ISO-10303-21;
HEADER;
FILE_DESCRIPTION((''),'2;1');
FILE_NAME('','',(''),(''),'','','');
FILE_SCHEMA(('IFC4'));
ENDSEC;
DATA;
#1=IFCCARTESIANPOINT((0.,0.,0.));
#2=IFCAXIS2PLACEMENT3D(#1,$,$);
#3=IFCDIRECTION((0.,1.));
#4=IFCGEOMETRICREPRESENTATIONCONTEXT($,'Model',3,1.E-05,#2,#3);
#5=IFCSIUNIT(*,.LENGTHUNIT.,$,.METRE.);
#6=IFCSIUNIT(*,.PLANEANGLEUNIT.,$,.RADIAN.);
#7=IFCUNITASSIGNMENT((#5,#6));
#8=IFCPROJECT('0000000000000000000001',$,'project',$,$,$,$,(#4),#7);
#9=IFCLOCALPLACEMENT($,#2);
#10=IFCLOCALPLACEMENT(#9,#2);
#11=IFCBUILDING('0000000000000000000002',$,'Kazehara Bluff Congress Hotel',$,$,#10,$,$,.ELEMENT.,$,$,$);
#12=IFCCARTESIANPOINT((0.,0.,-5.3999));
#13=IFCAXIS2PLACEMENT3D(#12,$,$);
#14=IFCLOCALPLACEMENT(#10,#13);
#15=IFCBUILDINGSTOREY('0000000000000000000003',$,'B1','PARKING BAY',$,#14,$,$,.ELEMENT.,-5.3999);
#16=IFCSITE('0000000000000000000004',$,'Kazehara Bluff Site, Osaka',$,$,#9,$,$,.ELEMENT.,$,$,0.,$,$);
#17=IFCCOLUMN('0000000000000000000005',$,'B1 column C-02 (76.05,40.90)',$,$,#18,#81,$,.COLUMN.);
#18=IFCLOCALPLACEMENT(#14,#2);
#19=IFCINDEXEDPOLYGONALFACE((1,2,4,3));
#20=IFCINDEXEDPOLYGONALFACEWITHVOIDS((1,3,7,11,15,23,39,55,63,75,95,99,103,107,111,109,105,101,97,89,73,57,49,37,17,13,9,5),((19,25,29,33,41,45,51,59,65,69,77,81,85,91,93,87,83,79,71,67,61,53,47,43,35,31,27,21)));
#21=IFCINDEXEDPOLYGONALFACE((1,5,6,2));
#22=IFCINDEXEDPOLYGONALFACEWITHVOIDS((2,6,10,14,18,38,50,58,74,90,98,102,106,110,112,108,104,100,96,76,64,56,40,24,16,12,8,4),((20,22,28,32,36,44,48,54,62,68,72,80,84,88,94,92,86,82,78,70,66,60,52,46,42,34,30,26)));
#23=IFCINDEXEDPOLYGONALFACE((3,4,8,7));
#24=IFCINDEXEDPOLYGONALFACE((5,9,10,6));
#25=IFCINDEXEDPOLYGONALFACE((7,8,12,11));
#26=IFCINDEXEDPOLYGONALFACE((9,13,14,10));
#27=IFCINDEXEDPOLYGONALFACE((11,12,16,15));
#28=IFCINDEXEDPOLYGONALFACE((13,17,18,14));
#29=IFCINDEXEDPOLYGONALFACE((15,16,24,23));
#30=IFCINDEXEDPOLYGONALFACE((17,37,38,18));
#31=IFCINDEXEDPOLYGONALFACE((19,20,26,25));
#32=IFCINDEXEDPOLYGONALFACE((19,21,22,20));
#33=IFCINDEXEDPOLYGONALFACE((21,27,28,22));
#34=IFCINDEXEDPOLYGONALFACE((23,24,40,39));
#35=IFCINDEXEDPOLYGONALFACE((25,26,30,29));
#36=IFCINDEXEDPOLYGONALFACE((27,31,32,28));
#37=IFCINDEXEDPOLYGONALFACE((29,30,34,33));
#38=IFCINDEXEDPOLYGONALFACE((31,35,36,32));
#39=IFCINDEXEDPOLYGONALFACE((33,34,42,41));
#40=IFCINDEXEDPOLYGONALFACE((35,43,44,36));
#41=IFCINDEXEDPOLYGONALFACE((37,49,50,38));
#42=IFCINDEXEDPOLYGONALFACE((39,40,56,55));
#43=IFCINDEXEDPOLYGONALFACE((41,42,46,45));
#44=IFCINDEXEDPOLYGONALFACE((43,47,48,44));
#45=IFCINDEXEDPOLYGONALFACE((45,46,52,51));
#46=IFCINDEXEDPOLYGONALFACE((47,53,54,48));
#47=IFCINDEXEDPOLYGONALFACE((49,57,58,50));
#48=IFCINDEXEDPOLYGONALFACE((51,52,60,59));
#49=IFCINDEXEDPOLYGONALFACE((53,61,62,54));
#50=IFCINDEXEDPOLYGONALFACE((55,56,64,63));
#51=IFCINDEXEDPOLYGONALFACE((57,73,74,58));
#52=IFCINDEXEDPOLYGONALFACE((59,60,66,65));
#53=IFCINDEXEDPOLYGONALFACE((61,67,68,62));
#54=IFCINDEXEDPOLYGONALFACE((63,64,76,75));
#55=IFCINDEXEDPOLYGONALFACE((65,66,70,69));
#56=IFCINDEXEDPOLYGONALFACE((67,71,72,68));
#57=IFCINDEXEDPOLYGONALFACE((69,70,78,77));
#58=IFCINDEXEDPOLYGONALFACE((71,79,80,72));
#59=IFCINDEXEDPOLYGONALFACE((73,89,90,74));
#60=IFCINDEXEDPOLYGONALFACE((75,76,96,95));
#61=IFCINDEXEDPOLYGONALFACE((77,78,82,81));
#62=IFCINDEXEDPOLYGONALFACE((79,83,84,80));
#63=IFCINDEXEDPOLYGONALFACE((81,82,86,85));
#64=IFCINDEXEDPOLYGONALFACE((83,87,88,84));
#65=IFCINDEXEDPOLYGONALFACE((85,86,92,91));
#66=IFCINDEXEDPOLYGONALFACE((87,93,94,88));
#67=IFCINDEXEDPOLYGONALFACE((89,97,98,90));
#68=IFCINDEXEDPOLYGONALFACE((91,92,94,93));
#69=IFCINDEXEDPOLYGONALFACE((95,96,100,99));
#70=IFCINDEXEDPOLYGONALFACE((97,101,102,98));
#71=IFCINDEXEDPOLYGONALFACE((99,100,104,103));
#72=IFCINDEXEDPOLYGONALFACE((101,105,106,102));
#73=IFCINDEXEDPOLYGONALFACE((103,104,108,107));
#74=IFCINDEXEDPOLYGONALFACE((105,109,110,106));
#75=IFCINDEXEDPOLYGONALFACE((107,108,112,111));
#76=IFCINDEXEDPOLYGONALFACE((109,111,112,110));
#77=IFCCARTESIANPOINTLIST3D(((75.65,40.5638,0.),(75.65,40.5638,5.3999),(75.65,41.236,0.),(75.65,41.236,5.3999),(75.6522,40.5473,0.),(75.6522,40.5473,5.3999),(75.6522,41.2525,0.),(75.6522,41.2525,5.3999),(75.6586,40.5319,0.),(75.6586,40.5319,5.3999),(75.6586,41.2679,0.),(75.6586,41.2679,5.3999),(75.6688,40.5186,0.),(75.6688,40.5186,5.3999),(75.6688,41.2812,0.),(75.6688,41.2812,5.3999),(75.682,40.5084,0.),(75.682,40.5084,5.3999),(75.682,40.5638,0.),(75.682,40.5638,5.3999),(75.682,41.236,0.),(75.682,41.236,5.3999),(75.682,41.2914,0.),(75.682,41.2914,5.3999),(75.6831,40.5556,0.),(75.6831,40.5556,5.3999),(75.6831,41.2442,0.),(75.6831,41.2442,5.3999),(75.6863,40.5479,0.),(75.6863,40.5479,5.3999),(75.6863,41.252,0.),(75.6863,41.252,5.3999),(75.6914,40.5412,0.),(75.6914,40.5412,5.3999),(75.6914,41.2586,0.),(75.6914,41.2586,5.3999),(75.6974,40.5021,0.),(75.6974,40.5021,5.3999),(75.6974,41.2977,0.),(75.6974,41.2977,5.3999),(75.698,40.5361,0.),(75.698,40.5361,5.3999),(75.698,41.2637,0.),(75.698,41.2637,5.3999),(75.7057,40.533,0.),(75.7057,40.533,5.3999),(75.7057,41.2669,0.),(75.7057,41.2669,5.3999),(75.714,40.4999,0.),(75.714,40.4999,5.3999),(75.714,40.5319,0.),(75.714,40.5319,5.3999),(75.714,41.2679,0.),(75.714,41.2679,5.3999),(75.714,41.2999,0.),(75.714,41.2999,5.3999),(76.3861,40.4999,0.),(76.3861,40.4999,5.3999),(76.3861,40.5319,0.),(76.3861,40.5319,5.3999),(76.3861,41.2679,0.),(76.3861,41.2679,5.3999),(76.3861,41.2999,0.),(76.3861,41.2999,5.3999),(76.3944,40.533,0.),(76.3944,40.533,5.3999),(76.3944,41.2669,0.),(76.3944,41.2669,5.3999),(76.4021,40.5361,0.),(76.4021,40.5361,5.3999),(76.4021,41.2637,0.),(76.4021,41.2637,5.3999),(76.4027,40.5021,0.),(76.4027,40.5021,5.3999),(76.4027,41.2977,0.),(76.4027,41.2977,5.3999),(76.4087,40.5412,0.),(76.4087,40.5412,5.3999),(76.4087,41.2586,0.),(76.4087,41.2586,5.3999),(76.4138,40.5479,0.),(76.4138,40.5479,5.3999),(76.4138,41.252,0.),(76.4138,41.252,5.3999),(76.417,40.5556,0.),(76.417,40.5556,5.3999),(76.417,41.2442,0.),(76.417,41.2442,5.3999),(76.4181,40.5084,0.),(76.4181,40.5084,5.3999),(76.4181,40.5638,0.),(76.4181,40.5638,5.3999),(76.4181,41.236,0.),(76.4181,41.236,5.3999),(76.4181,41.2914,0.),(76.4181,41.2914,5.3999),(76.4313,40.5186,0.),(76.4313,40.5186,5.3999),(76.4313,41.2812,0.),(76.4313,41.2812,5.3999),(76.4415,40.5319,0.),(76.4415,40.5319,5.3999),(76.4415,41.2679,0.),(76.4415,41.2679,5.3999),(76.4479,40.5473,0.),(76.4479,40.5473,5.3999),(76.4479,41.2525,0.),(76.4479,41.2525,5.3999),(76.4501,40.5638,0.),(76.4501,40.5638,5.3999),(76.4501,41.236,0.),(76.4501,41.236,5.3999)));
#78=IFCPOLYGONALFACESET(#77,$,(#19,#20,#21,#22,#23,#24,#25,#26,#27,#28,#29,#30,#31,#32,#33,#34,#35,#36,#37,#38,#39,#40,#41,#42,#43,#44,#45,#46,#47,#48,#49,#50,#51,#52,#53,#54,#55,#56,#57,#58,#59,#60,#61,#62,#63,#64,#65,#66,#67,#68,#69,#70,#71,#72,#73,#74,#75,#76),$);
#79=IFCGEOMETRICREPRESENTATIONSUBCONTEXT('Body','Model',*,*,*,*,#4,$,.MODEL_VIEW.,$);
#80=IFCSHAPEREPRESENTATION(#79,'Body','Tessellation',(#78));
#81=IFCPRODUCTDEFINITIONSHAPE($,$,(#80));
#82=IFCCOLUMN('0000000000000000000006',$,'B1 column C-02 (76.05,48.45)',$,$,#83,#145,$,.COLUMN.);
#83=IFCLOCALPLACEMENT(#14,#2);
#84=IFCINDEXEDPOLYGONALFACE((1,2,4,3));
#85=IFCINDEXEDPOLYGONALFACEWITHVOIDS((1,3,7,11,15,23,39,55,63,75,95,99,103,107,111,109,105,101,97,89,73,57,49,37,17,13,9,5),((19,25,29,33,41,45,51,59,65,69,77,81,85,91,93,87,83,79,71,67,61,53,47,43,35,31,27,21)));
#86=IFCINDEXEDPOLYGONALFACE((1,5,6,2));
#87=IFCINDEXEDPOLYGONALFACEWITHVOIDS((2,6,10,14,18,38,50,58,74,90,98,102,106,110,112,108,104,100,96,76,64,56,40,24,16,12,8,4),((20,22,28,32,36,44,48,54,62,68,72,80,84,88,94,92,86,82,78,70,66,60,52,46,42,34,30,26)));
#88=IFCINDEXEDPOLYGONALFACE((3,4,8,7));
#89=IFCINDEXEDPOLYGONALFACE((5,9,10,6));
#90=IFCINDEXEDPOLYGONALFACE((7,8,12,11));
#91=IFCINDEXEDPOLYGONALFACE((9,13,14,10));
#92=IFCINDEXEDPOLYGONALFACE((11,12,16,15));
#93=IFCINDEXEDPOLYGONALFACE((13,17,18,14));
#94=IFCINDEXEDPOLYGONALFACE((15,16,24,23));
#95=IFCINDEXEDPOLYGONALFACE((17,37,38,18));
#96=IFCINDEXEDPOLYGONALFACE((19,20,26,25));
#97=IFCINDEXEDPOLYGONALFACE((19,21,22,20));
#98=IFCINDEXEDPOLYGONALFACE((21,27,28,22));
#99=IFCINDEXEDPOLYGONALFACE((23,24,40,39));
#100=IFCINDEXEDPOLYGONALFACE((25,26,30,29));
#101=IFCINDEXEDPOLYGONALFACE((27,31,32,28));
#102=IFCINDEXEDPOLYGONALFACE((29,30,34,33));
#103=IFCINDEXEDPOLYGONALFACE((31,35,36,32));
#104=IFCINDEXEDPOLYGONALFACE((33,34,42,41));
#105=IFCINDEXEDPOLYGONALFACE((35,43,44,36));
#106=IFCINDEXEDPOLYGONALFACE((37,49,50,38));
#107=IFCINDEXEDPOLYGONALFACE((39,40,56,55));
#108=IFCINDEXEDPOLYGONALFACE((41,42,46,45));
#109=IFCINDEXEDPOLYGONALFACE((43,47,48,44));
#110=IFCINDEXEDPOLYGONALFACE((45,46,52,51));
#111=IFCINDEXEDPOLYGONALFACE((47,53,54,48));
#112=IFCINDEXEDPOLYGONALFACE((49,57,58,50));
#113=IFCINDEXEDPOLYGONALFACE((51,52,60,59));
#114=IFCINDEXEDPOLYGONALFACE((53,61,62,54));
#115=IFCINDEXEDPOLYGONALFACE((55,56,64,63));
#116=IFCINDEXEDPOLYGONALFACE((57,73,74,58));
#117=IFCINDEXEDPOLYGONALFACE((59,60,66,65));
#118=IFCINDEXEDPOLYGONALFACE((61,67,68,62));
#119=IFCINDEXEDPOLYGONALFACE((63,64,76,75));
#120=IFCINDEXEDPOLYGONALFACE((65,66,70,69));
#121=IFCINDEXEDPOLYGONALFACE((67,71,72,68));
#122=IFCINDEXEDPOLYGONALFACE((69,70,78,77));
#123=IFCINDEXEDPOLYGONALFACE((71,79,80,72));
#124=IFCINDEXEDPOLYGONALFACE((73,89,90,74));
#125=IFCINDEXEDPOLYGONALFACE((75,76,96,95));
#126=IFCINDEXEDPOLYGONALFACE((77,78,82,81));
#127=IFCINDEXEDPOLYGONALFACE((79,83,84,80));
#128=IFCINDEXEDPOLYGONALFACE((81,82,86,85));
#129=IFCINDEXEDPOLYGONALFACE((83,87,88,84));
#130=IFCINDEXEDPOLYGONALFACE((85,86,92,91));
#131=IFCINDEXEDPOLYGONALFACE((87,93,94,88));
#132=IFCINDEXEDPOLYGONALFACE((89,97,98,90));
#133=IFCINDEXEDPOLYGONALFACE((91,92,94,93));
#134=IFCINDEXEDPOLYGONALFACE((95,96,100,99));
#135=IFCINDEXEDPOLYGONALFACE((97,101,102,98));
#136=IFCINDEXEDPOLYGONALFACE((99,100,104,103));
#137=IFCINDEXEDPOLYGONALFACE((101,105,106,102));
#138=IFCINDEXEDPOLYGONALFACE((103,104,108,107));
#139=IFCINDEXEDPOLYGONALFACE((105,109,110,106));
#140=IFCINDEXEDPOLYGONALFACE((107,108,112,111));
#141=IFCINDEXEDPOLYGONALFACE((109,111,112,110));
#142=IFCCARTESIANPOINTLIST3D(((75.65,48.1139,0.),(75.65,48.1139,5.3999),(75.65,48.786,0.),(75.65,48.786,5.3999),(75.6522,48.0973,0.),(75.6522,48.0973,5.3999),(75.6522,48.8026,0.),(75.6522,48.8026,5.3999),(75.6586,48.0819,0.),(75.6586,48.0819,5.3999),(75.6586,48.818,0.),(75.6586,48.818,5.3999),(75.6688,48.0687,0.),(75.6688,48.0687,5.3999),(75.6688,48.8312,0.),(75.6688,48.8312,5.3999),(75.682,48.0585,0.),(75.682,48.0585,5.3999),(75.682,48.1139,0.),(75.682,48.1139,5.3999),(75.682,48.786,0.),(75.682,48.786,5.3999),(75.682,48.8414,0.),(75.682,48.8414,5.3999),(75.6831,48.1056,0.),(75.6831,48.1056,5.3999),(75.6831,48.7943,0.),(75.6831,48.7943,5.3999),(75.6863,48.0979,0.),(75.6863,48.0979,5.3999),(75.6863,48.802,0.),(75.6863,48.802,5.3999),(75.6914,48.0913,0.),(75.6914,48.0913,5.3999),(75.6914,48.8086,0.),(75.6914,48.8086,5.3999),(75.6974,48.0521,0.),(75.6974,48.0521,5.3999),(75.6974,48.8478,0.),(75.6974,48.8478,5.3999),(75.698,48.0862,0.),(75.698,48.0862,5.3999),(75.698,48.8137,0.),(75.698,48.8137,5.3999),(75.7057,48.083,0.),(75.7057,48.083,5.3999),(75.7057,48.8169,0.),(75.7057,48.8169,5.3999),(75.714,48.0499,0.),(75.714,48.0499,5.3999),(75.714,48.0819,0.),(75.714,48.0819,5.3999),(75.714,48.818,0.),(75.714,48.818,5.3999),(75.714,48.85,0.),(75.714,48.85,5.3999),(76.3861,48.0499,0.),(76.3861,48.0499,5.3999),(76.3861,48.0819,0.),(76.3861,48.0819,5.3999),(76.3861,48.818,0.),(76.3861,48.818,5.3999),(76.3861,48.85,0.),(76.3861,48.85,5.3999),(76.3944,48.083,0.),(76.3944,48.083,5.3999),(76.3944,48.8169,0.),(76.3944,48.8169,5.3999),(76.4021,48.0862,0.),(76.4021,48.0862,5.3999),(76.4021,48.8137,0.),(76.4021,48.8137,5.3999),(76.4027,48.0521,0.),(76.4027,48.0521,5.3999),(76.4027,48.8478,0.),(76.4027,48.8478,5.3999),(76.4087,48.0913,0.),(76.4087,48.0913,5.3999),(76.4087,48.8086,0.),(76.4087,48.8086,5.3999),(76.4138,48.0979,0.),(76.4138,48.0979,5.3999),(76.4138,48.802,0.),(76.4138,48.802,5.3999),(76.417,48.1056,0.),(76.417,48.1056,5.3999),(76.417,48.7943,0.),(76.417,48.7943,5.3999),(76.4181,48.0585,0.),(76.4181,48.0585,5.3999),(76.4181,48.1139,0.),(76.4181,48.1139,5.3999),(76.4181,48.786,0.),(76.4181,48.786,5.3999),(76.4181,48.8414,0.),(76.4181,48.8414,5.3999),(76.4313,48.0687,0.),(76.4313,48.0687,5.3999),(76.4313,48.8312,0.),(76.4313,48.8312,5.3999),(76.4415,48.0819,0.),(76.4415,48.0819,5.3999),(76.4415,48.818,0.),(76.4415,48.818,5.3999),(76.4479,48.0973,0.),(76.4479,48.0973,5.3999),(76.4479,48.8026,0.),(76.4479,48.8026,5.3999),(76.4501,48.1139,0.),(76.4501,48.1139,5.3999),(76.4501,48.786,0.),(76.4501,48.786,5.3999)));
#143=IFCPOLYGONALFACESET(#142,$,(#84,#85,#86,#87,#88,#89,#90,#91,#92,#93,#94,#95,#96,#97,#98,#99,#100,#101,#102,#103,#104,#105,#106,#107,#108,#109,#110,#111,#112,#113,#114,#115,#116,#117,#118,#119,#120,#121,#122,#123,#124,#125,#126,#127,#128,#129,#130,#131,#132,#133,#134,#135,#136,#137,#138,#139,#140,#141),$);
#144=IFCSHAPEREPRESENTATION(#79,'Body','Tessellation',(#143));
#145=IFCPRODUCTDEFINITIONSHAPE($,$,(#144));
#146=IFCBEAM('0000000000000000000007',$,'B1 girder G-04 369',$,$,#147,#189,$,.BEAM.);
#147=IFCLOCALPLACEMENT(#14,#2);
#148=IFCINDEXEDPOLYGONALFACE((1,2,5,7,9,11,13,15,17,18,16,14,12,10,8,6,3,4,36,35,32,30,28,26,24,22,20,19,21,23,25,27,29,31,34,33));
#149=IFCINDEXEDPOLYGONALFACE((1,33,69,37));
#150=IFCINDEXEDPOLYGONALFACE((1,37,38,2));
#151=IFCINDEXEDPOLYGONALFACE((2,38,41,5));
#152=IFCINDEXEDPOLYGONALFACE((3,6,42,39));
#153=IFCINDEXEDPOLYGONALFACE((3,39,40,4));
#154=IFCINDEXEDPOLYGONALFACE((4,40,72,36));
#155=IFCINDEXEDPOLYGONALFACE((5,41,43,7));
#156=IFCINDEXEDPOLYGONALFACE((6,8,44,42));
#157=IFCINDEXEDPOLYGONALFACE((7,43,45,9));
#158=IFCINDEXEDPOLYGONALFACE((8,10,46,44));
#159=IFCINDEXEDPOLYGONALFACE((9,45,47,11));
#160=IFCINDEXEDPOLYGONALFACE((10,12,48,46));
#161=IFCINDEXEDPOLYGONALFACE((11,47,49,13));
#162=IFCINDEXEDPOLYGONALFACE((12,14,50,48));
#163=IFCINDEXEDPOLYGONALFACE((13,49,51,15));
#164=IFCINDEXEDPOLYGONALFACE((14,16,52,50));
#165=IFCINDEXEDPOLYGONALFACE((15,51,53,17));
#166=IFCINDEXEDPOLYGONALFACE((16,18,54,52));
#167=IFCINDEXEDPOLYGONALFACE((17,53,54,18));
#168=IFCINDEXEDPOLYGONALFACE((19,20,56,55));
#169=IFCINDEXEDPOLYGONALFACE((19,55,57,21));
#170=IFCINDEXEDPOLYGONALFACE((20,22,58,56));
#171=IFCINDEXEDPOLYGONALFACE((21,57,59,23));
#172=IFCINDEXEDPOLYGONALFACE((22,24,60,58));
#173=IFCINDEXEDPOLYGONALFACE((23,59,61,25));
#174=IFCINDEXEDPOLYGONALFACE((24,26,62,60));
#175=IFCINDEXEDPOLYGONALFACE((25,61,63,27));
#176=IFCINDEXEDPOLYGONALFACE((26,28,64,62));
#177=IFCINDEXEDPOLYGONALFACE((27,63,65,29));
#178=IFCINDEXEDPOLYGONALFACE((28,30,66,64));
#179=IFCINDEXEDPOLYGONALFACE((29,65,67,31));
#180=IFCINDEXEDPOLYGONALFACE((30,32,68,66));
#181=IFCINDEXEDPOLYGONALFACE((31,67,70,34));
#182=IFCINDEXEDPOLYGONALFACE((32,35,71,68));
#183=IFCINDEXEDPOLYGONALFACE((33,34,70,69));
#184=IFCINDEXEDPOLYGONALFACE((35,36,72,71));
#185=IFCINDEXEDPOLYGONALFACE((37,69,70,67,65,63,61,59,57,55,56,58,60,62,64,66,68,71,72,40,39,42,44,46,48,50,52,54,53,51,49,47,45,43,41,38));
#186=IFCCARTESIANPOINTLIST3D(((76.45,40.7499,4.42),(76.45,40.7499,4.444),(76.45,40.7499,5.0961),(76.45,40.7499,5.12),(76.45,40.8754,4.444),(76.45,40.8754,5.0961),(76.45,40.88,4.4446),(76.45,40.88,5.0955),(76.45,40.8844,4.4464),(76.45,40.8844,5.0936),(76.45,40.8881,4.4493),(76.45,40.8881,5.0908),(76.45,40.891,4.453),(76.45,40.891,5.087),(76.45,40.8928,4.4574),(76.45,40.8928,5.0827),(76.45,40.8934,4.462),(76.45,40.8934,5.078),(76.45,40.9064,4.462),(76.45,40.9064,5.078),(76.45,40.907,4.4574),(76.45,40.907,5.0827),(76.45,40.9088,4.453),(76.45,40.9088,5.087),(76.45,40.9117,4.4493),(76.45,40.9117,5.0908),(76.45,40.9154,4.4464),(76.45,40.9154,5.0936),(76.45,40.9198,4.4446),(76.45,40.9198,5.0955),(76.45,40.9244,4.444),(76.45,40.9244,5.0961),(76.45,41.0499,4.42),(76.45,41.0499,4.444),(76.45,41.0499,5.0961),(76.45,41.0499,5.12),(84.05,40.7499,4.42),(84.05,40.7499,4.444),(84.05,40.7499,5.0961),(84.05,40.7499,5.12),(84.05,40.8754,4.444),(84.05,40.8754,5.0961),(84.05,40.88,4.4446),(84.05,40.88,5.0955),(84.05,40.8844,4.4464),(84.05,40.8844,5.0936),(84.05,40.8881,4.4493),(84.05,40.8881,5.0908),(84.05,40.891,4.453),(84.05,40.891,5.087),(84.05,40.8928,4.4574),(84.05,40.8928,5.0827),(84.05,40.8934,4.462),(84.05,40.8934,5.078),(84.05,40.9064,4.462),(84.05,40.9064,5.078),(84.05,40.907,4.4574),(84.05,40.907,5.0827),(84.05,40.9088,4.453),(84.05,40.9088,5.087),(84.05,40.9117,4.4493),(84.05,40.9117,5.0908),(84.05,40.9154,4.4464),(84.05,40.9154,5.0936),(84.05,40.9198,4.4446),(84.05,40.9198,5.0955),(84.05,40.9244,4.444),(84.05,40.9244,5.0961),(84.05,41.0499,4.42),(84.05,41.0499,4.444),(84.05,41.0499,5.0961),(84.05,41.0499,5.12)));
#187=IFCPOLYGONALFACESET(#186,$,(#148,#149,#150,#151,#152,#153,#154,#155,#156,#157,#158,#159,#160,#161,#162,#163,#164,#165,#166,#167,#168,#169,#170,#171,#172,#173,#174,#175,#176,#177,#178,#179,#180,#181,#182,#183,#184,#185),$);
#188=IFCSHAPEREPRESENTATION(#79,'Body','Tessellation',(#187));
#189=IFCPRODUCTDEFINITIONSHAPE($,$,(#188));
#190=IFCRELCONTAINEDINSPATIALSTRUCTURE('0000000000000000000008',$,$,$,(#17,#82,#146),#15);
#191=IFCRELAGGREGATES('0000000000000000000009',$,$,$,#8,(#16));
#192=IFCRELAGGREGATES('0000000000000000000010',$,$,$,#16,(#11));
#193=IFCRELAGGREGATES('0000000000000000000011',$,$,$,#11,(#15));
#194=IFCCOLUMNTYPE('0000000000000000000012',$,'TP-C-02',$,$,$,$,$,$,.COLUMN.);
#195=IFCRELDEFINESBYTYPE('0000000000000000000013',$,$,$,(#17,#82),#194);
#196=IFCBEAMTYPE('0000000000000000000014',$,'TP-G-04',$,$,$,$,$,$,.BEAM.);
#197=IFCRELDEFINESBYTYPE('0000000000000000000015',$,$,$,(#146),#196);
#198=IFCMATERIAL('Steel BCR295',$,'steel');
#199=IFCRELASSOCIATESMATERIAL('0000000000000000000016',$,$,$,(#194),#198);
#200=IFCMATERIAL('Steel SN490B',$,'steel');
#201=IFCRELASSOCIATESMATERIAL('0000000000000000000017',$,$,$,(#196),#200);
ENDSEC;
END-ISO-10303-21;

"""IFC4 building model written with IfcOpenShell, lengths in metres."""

from ifc_helpers import new_model, si_unit, direction, frame, origin, origin_2d, place, context, subcontext, project, spatial, hollow_rectangle, i_section, extrude, material, material_profile, profile_set, type_object, element, save


model = new_model("IFC4")

# Units and contexts
model_context = context("Model", 3, precision=1e-05, world=origin(), true_north=direction((0.0, 1.0)))
body_context = subcontext(model_context, "Body", "Model", "MODEL_VIEW")
ifc_project = project(units=[si_unit("LENGTHUNIT", "METRE"), si_unit("PLANEANGLEUNIT", "RADIAN")], contexts=[model_context])

# Site, building, storey
site_placement = place(None, origin())
site = spatial("IfcSite", under=ifc_project, at=site_placement, Name="Kazehara Bluff Site, Osaka", CompositionType="ELEMENT", RefElevation=0.0)
building_placement = place(site_placement, origin())
building = spatial("IfcBuilding", under=site, at=building_placement, Name="Kazehara Bluff Congress Hotel", CompositionType="ELEMENT")
storey_placement = place(building_placement, frame((0.0, 0.0, -5.3999)))
storey = spatial("IfcBuildingStorey", under=building, at=storey_placement, Name="B1", Description="PARKING BAY", CompositionType="ELEMENT", Elevation=-5.3999)

# Columns
ifc_material_1 = material(Name="Steel BCR295", Category="steel")
ifc_material_profile_1 = material_profile(ifc_material_1, hollow_rectangle(XDim=0.8, YDim=0.8, WallThickness=0.032, InnerFilletRadius=0.032, OuterFilletRadius=0.064, at=origin_2d()))
ifc_profile_set_1 = profile_set([ifc_material_profile_1], Name="Steel BCR295")
column_type = type_object("IfcColumnType", Name="TP-C-02", PredefinedType="COLUMN", material=ifc_profile_set_1)
for number, where, z_axis, x_axis, name in (
    (1, (76.05, 40.8999, 0.0), (0.0, 0.0, 1.0), (1.0, 0.0, 0.0), "B1 column C-02 (76.05,40.90)"),
    (2, (76.05, 48.45, 0.0), (0.0, 0.0, 1.0), (1.0, 0.0, 0.0), "B1 column C-02 (76.05,48.45)"),
):
    element("IfcColumn", number, at=place(storey_placement, frame(where, z_axis=z_axis, x_axis=x_axis)), inside=storey, type_object=column_type, Name=name, PredefinedType="COLUMN", context=body_context, shape_type="SweptSolid", body=[
        extrude(hollow_rectangle(XDim=0.8, YDim=0.8, WallThickness=0.032, InnerFilletRadius=0.032, OuterFilletRadius=0.064, at=origin_2d()), origin(), (0.0, 0.0, 1.0), 5.3999),
    ])

# Beam
ifc_material_2 = material(Name="Steel SN490B", Category="steel")
ifc_material_profile_2 = material_profile(ifc_material_2, i_section(OverallWidth=0.3, OverallDepth=0.7, WebThickness=0.0129, FlangeThickness=0.0239, FilletRadius=0.0181, at=origin_2d()))
ifc_profile_set_2 = profile_set([ifc_material_profile_2], Name="Steel SN490B")
beam_type_1 = type_object("IfcBeamType", Name="TP-G-04", PredefinedType="BEAM", material=ifc_profile_set_2)
beam_1_placement = place(storey_placement, frame((76.45, 40.8999, 4.77), z_axis=(1.0, 0.0, 0.0), x_axis=(0.0, 1.0, 0.0)))
element("IfcBeam", 3, at=beam_1_placement, inside=storey, type_object=beam_type_1, Name="B1 girder G-04 369", PredefinedType="BEAM", context=body_context, shape_type="SweptSolid", body=[
    extrude(i_section(OverallWidth=0.3, OverallDepth=0.7, WebThickness=0.0129, FlangeThickness=0.0239, FilletRadius=0.0181, at=origin_2d()), origin(), (0.0, 0.0, 1.0), 7.6001),
])

save(model, "model.ifc")
